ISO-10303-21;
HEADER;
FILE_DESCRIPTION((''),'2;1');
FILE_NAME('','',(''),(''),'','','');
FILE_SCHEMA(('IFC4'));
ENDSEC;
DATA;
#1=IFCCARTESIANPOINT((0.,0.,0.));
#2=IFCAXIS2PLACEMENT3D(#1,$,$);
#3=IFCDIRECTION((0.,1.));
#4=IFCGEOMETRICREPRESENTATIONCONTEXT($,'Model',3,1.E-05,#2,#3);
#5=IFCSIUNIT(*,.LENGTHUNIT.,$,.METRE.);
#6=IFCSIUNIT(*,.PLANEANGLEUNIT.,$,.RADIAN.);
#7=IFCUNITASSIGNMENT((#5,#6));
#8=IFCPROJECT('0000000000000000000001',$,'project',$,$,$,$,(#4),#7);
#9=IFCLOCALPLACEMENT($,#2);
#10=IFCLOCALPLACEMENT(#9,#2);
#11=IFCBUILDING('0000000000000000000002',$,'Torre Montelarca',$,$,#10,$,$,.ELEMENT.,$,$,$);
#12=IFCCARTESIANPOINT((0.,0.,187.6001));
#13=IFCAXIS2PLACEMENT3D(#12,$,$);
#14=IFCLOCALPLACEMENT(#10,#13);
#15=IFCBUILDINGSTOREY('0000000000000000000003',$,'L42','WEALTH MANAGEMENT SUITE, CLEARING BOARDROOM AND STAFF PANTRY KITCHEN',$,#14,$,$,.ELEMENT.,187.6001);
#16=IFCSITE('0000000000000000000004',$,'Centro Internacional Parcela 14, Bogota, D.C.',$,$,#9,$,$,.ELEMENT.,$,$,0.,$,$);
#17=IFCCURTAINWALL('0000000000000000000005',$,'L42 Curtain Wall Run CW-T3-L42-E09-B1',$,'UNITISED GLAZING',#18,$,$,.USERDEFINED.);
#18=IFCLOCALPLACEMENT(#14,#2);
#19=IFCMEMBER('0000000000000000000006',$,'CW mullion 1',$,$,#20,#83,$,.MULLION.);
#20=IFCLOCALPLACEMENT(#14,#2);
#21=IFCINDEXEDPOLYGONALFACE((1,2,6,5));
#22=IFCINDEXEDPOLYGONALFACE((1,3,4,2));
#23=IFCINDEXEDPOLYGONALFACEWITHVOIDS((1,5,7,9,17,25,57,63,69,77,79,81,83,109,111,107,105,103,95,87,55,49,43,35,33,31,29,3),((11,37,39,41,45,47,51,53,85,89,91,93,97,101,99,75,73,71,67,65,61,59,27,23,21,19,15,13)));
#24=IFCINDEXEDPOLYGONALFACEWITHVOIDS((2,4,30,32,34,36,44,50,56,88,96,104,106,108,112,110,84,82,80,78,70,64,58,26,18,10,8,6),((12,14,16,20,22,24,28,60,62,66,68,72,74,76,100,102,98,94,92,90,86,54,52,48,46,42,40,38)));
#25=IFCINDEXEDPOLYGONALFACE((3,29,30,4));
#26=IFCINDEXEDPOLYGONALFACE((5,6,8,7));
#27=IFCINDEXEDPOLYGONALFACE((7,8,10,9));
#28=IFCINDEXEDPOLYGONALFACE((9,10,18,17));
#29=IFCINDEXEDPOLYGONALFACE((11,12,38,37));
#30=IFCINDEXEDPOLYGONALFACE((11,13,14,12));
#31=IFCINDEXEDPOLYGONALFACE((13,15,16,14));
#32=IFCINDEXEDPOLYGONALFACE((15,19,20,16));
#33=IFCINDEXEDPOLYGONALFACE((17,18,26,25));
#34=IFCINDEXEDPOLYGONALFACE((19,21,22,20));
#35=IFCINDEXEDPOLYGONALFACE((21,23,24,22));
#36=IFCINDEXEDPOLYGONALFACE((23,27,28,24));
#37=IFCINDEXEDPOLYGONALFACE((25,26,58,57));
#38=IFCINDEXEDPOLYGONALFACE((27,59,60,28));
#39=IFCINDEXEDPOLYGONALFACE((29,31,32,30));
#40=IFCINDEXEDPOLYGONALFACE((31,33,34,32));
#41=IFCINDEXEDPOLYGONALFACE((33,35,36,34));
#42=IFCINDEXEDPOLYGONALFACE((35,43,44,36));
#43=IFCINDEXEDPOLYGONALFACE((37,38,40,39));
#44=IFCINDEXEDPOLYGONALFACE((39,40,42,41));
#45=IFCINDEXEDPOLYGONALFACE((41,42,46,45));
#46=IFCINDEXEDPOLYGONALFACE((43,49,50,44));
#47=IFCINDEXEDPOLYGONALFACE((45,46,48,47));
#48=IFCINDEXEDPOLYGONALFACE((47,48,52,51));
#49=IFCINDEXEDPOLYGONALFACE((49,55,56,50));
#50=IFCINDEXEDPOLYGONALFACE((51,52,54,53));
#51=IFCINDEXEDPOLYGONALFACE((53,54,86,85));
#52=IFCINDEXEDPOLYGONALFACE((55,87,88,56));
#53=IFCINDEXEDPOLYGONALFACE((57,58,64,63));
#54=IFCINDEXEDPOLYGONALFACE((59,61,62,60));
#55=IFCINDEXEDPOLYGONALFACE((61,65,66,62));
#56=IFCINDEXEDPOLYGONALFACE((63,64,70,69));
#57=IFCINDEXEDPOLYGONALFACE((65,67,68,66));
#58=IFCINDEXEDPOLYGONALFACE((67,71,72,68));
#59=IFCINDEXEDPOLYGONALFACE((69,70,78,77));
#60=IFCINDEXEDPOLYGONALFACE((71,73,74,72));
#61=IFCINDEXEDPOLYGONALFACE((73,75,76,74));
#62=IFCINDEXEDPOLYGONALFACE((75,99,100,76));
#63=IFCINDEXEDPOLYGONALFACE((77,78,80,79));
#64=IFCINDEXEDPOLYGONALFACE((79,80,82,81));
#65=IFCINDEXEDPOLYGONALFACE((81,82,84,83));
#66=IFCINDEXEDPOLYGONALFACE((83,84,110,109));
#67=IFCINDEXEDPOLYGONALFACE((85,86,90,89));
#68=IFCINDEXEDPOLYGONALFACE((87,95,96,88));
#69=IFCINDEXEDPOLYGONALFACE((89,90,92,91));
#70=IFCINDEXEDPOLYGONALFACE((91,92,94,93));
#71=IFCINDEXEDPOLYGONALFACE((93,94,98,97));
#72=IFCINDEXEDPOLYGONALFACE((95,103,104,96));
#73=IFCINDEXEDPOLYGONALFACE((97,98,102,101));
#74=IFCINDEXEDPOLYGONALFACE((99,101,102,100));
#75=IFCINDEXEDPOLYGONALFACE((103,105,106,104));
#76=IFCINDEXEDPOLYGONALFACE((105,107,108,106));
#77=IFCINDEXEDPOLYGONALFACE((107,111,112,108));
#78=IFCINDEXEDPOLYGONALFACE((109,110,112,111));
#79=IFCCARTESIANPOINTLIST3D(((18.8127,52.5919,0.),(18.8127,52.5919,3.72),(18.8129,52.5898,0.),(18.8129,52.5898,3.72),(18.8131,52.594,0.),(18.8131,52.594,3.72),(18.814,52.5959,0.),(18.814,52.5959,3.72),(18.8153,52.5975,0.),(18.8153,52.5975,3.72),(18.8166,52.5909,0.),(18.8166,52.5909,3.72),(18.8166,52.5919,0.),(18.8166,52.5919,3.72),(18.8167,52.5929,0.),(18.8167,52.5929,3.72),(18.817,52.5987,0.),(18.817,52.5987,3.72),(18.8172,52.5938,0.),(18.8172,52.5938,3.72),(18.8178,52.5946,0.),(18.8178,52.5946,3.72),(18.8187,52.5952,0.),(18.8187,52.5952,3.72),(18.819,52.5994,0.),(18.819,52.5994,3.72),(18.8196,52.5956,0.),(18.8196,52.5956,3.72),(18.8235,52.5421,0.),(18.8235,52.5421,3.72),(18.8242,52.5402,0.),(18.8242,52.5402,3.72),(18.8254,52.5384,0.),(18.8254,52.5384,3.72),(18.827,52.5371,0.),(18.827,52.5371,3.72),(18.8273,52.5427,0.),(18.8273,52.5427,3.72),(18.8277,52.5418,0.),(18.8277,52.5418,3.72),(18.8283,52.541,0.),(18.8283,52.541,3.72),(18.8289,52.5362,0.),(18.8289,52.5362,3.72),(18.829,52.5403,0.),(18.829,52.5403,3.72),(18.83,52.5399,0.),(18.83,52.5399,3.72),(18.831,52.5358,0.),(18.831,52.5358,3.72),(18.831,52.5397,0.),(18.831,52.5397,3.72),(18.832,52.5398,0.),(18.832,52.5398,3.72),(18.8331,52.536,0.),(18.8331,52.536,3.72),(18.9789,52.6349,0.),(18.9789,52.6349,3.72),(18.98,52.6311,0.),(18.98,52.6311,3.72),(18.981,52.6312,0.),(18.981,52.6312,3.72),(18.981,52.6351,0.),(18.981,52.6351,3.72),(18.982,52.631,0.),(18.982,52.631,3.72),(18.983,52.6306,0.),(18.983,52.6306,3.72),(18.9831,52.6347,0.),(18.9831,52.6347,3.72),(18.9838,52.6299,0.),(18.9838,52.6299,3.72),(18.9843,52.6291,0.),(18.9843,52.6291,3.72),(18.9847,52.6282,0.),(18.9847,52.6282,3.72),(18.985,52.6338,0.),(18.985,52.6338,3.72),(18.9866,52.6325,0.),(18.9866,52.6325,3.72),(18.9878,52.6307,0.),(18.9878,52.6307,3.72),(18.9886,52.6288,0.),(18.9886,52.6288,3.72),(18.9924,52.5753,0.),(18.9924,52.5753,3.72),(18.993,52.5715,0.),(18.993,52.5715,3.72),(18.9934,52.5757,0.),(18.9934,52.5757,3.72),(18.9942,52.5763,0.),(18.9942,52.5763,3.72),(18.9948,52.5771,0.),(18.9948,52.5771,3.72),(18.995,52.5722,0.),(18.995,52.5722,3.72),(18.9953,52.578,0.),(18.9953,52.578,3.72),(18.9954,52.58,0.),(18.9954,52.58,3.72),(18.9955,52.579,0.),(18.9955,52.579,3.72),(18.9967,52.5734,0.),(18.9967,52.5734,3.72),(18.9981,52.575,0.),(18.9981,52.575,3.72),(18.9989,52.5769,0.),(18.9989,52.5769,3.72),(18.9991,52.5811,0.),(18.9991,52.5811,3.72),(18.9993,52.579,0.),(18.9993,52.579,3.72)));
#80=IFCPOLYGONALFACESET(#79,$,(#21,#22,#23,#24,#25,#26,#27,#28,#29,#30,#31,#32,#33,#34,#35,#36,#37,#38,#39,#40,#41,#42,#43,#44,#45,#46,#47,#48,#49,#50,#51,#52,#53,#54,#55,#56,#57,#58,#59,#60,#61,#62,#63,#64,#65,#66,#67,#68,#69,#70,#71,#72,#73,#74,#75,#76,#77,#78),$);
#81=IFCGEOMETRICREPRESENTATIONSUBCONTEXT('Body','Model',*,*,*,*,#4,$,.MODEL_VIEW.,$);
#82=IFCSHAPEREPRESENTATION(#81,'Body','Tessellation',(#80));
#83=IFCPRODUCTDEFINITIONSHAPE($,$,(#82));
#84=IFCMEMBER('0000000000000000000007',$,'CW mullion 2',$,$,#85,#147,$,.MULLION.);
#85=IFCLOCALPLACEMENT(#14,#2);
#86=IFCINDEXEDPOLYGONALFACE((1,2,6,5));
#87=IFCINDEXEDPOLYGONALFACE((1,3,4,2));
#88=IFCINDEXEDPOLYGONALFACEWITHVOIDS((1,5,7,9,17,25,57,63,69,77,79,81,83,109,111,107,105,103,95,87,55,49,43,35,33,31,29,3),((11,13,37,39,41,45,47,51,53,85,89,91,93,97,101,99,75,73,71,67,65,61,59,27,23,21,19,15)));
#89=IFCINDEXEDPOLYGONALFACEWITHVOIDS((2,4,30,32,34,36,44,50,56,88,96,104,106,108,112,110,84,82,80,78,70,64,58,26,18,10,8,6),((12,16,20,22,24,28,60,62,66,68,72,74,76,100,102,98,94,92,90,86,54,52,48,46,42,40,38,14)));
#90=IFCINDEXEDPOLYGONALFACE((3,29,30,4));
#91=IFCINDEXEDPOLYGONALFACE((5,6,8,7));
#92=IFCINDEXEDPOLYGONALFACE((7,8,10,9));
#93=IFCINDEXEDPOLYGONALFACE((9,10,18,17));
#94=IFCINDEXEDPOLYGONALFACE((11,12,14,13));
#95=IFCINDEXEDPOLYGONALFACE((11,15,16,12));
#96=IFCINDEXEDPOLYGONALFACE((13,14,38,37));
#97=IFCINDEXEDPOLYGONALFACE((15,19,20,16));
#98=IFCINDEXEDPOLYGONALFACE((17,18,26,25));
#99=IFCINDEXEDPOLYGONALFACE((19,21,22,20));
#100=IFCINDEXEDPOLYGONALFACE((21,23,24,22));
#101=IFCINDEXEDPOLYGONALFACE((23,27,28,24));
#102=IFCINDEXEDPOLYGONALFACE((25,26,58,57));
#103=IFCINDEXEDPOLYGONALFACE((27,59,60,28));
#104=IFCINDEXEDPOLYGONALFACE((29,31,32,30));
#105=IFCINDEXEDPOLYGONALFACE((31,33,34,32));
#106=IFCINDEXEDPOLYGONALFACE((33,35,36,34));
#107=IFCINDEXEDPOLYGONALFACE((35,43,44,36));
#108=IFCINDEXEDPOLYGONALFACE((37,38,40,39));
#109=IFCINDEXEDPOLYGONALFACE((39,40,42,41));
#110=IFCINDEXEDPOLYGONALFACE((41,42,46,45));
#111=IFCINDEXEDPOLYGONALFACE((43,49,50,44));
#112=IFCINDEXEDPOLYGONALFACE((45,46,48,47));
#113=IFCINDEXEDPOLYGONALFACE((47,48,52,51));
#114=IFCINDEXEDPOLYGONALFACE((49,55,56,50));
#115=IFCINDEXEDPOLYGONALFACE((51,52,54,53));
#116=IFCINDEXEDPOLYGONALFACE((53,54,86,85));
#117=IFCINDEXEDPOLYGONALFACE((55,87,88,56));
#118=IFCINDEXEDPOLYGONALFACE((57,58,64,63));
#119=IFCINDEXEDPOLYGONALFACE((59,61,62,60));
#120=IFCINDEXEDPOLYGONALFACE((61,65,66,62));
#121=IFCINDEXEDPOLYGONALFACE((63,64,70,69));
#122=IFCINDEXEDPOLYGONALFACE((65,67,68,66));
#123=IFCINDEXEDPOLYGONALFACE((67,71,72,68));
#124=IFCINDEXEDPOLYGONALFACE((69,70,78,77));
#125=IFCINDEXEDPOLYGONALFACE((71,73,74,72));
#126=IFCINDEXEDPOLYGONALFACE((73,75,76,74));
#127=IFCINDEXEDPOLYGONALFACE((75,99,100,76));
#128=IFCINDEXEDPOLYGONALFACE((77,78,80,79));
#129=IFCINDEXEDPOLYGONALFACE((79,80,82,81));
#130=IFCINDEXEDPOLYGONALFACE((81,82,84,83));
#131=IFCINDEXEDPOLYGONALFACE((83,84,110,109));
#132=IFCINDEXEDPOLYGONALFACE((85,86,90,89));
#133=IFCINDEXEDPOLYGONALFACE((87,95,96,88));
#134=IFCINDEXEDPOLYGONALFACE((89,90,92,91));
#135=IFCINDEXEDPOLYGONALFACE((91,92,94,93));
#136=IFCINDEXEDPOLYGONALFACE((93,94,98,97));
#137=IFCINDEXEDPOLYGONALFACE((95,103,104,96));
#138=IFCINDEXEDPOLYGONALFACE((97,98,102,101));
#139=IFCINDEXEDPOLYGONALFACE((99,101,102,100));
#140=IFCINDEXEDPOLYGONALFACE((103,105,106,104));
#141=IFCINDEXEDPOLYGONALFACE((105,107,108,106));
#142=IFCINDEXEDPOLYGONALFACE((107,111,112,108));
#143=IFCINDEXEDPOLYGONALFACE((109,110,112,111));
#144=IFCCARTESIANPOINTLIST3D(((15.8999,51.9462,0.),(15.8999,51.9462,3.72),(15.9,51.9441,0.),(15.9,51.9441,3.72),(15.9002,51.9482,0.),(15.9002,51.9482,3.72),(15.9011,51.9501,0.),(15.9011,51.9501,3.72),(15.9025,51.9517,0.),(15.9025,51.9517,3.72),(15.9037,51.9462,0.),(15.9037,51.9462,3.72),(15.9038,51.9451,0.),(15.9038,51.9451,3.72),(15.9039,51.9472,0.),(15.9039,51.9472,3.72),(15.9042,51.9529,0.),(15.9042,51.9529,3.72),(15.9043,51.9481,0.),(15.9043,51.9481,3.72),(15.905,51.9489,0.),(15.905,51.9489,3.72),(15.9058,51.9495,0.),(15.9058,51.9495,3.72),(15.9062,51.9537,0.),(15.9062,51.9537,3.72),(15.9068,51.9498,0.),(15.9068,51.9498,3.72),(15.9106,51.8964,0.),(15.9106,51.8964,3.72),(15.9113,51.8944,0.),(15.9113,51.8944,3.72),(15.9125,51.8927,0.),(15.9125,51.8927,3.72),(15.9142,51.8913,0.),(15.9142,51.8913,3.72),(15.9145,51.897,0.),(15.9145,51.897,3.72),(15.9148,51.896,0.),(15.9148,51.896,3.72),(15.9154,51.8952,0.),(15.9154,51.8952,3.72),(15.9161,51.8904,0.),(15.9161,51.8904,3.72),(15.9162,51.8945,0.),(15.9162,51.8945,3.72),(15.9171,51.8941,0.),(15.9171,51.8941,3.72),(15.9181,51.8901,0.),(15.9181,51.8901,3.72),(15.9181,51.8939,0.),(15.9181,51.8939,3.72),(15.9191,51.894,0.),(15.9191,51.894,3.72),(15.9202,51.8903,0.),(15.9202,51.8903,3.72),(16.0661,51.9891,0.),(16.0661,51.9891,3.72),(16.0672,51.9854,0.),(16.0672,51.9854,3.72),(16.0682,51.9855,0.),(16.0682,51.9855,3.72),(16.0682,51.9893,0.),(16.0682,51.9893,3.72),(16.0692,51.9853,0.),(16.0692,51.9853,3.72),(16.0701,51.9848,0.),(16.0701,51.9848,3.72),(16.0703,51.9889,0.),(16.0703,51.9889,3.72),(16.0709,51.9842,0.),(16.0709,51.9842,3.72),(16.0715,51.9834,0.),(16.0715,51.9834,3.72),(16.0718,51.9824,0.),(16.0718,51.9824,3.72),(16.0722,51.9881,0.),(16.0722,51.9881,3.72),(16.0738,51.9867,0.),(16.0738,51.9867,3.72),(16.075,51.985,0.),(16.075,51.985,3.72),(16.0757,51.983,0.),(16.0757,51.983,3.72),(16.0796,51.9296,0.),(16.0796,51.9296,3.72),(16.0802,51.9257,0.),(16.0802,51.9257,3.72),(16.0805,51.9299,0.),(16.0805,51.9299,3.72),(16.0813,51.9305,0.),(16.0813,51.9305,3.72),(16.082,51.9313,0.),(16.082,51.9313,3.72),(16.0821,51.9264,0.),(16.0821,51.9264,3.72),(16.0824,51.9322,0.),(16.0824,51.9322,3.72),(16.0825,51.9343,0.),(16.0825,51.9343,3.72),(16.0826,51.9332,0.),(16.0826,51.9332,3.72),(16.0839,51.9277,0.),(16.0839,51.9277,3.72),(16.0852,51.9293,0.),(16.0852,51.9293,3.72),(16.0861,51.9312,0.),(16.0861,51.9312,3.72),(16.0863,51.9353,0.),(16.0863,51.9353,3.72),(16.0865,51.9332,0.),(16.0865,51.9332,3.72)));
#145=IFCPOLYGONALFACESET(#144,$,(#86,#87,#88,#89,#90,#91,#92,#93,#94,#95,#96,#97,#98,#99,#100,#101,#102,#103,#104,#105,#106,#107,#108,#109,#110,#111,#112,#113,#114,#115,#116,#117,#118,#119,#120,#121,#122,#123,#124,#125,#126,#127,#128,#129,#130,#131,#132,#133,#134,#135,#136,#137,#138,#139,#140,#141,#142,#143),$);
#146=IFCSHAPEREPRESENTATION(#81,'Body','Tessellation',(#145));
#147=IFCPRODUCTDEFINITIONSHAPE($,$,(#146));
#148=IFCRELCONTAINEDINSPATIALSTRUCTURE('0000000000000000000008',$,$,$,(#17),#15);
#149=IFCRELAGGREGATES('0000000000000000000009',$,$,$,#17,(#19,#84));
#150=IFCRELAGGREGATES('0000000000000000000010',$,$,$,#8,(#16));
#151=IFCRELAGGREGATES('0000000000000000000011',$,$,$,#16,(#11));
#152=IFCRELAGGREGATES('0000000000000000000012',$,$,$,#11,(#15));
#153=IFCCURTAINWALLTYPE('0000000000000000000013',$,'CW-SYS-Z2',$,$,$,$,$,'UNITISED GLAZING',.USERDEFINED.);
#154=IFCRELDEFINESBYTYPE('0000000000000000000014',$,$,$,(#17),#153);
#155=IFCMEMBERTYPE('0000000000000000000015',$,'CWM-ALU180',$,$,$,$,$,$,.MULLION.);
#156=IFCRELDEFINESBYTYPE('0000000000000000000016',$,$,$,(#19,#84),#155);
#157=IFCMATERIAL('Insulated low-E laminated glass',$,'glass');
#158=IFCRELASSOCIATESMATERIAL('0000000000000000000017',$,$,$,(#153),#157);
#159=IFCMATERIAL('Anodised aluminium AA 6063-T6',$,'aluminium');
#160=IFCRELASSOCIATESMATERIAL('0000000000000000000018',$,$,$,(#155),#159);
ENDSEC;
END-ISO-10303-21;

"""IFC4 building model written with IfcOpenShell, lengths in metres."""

from ifc_helpers import new_model, si_unit, direction, frame, origin, origin_2d, place, context, subcontext, project, spatial, hollow_rectangle, extrude, source, transform, mapped, material, material_profile, profile_set, type_object, element, aggregate, save


model = new_model("IFC4")

# Units and contexts
model_context = context("Model", 3, precision=1e-05, world=origin(), true_north=direction((0.0, 1.0)))
body_context = subcontext(model_context, "Body", "Model", "MODEL_VIEW")
ifc_project = project(units=[si_unit("LENGTHUNIT", "METRE"), si_unit("PLANEANGLEUNIT", "RADIAN")], contexts=[model_context])

# Site, building, storey
site_placement = place(None, origin())
site = spatial("IfcSite", under=ifc_project, at=site_placement, Name="Centro Internacional Parcela 14, Bogota, D.C.", CompositionType="ELEMENT", RefElevation=0.0)
building_placement = place(site_placement, origin())
building = spatial("IfcBuilding", under=site, at=building_placement, Name="Torre Montelarca", CompositionType="ELEMENT")
storey_placement = place(building_placement, frame((0.0, 0.0, 187.6001)))
storey = spatial("IfcBuildingStorey", under=building, at=storey_placement, Name="L42", Description="WEALTH MANAGEMENT SUITE, CLEARING BOARDROOM AND STAFF PANTRY KITCHEN", CompositionType="ELEMENT", Elevation=187.6001)

# Curtain wall
ifc_material_1 = material(Name="Insulated low-E laminated glass", Category="glass")
curtain_wall_type = type_object("IfcCurtainWallType", Name="CW-SYS-Z2", ElementType="UNITISED GLAZING", PredefinedType="USERDEFINED", material=ifc_material_1)
curtain_wall_1_placement = place(storey_placement, origin())
curtain_wall_1 = element("IfcCurtainWall", 1, at=curtain_wall_1_placement, inside=storey, type_object=curtain_wall_type, Name="L42 Curtain Wall Run CW-T3-L42-E09-B1", ObjectType="UNITISED GLAZING", PredefinedType="USERDEFINED")
ifc_material_2 = material(Name="Anodised aluminium AA 6063-T6", Category="aluminium")

# Shared definitions
ifc_material_profile_1 = material_profile(ifc_material_2, hollow_rectangle(XDim=0.0649, YDim=0.1799, WallThickness=0.0039, InnerFilletRadius=0.0039, OuterFilletRadius=0.0081, at=origin_2d()), Name="ALU65X180X4", Category="aluminium")
ifc_profile_set_1 = profile_set([ifc_material_profile_1], Name="Anodised aluminium AA 6063-T6")
member_type_1 = type_object("IfcMemberType", Name="CWM-ALU180", PredefinedType="MULLION", material=ifc_profile_set_1)
shared_shape_1 = source(origin(), body_context, "Body", "SweptSolid", [
    extrude(hollow_rectangle(XDim=0.0649, YDim=0.1799, WallThickness=0.0039, InnerFilletRadius=0.0039, OuterFilletRadius=0.0081, at=origin_2d()), origin(), (0.0, 0.0, 1.0), 3.72),
])

# Members
member_1_placement = place(storey_placement, frame((18.906, 52.5854, 0.0), z_axis=(0.0, 0.0, 1.0), x_axis=(0.216448, -0.976294, 0.0)))
member_1 = element("IfcMember", 2, at=member_1_placement, type_object=member_type_1, Name="CW mullion 1", PredefinedType="MULLION", context=body_context, shape_type="MappedRepresentation", body=[
    mapped(shared_shape_1, transform((0.0, 0.0, 0.0), scale=1.0)),
])
member_2_placement = place(storey_placement, frame((15.9932, 51.9397, 0.0), z_axis=(0.0, 0.0, 1.0), x_axis=(0.216448, -0.976294, 0.0)))
member_2 = element("IfcMember", 3, at=member_2_placement, type_object=member_type_1, Name="CW mullion 2", PredefinedType="MULLION", context=body_context, shape_type="MappedRepresentation", body=[
    mapped(shared_shape_1, transform((0.0, 0.0, 0.0), scale=1.0)),
])

aggregate(curtain_wall_1, [member_1, member_2])

save(model, "model.ifc")
